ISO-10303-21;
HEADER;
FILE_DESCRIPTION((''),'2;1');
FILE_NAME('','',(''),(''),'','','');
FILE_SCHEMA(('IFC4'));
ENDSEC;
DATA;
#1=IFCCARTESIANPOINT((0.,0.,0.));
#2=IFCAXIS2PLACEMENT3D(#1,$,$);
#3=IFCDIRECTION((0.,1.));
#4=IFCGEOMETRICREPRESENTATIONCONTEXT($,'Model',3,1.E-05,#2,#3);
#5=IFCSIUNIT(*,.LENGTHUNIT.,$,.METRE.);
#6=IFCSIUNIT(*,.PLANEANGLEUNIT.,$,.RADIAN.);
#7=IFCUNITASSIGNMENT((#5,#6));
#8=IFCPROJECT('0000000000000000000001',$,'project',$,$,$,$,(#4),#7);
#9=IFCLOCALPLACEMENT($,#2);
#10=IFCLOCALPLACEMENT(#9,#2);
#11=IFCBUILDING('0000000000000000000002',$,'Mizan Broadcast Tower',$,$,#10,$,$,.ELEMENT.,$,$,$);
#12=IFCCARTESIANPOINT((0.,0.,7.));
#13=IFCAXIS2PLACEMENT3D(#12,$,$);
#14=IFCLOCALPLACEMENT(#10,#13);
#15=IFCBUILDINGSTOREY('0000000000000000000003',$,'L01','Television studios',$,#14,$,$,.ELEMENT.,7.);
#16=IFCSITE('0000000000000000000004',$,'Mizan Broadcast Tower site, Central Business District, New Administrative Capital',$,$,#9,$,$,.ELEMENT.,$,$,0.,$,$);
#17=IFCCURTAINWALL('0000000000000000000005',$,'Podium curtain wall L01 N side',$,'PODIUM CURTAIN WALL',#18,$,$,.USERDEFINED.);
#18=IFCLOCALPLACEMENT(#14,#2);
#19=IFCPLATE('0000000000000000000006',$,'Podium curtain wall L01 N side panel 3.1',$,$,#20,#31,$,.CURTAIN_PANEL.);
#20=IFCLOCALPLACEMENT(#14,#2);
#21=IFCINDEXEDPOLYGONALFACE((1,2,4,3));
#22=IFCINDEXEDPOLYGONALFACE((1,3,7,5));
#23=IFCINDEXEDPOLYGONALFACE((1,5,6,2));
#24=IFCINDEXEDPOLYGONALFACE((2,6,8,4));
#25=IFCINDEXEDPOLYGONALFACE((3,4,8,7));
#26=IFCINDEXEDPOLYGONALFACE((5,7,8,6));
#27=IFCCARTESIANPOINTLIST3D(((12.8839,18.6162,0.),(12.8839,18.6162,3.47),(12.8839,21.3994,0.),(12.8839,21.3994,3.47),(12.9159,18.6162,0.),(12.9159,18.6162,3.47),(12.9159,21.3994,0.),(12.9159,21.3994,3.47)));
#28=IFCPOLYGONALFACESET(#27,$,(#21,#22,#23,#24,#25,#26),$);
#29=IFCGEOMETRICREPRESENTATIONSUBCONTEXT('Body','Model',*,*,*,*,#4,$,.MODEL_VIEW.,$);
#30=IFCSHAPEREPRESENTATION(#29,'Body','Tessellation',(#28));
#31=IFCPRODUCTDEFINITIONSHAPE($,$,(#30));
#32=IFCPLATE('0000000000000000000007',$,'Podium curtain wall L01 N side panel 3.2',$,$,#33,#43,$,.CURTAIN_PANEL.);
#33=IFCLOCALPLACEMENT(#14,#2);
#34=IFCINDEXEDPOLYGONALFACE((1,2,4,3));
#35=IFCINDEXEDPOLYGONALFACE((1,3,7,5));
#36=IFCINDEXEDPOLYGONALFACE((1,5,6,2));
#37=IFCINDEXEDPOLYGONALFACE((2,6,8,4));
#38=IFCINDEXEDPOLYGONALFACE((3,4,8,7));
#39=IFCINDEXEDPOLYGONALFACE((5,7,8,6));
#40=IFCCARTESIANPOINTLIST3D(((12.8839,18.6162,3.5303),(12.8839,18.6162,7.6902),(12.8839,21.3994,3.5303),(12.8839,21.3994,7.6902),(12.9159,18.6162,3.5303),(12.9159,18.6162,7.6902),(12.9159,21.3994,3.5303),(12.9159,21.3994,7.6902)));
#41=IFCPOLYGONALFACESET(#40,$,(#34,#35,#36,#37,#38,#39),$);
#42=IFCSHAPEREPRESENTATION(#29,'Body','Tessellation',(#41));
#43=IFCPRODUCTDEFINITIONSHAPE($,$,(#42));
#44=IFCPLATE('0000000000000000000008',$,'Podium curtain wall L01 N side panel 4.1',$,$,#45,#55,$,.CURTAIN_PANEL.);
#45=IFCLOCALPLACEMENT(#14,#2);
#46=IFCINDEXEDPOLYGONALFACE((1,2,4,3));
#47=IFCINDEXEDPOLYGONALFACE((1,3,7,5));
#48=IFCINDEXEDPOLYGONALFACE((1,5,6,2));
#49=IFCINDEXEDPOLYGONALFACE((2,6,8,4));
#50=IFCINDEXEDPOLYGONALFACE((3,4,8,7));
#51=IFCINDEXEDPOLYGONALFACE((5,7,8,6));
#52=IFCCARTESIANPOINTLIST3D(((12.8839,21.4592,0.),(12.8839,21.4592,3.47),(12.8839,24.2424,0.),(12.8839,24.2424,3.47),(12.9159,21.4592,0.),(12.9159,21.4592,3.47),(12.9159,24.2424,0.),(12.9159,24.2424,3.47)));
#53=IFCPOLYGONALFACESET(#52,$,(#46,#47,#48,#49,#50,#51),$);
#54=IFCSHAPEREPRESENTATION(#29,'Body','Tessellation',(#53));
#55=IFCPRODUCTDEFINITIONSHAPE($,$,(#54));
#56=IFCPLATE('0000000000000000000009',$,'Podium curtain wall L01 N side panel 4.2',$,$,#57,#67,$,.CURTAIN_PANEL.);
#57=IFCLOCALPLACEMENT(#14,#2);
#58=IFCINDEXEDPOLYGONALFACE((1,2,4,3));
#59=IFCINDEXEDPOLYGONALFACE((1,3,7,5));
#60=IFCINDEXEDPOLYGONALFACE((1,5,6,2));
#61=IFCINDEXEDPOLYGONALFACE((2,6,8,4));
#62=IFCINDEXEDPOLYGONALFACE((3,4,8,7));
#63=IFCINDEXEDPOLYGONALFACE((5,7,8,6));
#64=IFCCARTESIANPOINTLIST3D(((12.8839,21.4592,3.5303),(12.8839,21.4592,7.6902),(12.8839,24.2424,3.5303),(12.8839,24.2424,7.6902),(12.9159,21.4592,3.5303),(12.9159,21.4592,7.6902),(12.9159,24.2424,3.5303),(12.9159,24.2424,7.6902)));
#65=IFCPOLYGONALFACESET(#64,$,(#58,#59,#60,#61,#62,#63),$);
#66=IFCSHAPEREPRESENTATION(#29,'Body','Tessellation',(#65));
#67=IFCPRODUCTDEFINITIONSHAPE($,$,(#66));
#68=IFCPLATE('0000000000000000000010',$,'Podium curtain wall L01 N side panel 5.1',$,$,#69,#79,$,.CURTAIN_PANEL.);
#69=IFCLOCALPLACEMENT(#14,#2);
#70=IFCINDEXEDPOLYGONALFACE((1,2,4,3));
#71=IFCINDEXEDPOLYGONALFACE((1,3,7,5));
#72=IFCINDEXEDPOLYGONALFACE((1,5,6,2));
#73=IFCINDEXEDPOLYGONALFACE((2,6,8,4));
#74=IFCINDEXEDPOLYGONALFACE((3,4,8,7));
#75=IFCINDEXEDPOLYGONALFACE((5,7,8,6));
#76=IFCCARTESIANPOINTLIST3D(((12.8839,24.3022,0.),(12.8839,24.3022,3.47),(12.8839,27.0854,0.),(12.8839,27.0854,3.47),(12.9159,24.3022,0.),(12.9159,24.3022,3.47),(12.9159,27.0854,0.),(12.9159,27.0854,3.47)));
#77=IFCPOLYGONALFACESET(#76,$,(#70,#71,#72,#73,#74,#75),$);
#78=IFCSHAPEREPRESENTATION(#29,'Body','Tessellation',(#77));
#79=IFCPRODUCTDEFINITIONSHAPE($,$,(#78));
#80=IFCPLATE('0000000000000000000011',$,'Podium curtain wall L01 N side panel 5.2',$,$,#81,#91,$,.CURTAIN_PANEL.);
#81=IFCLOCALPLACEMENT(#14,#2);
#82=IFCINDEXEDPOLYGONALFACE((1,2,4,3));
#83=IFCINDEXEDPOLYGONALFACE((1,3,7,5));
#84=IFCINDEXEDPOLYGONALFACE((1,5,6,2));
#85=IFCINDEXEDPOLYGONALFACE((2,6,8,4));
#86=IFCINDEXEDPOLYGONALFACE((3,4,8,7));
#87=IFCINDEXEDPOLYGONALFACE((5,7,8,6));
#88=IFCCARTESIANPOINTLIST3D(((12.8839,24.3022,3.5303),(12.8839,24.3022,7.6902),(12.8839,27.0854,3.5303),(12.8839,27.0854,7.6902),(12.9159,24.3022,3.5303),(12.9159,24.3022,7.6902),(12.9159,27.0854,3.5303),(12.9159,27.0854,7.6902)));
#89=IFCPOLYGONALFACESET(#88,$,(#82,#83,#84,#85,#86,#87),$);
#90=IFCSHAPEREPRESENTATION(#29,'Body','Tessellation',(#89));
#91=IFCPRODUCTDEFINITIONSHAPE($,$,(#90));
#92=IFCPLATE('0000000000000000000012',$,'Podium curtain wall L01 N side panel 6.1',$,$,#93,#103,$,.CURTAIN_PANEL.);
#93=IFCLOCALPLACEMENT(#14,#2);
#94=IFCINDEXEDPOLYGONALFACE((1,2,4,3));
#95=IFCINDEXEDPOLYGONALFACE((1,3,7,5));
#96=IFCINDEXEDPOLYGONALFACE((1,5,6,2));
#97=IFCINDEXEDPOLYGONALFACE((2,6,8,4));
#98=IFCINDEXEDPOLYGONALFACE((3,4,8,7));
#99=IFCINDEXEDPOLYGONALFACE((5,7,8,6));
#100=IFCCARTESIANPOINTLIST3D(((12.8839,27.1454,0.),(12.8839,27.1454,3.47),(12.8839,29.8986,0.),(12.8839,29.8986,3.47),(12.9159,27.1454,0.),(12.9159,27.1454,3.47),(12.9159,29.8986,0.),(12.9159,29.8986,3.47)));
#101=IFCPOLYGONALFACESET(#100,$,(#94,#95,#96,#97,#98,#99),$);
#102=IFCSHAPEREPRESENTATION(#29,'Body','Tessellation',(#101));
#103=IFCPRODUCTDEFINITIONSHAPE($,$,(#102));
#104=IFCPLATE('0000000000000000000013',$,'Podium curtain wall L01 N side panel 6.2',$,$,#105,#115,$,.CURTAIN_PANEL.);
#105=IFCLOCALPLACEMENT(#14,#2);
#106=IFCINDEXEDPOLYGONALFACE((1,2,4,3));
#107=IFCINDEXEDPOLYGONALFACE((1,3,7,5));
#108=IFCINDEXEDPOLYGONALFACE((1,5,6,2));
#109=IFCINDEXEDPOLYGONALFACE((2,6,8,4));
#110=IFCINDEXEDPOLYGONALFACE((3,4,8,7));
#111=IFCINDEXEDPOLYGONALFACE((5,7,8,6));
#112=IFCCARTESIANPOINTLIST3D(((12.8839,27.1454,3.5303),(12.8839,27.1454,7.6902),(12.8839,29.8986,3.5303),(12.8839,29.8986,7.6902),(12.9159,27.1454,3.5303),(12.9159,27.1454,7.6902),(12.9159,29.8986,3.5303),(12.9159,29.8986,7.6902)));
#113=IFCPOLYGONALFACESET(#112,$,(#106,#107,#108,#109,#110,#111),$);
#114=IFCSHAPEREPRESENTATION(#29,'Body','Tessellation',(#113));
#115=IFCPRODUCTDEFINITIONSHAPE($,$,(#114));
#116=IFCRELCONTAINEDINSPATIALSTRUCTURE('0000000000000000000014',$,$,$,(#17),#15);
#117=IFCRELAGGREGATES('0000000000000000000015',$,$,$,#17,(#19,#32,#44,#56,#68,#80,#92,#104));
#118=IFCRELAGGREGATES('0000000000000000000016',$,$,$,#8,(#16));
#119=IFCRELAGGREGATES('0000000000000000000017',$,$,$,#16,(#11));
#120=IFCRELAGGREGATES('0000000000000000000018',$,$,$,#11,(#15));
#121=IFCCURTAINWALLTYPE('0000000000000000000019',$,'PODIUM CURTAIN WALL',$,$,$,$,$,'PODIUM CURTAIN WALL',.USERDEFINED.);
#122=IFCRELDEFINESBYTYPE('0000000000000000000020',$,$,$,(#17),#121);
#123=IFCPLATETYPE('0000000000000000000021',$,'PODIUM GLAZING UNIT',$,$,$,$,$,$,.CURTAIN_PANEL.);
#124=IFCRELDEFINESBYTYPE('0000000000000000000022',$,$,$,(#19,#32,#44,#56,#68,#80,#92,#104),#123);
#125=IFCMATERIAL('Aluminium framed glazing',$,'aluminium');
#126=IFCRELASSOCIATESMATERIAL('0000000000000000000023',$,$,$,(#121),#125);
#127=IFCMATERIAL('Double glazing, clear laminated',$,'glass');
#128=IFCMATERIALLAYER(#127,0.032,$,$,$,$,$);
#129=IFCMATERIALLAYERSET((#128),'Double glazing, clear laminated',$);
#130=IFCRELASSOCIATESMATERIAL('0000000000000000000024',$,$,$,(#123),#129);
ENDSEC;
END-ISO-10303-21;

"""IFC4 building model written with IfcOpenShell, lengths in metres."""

from ifc_helpers import new_model, si_unit, direction, frame, origin, origin_2d, place, context, subcontext, project, spatial, rectangle, extrude, material, layer, layer_set, type_object, element, aggregate, save


model = new_model("IFC4")

# Units and contexts
model_context = context("Model", 3, precision=1e-05, world=origin(), true_north=direction((0.0, 1.0)))
body_context = subcontext(model_context, "Body", "Model", "MODEL_VIEW")
ifc_project = project(units=[si_unit("LENGTHUNIT", "METRE"), si_unit("PLANEANGLEUNIT", "RADIAN")], contexts=[model_context])

# Site, building, storey
site_placement = place(None, origin())
site = spatial("IfcSite", under=ifc_project, at=site_placement, Name="Mizan Broadcast Tower site, Central Business District, New Administrative Capital", CompositionType="ELEMENT", RefElevation=0.0)
building_placement = place(site_placement, origin())
building = spatial("IfcBuilding", under=site, at=building_placement, Name="Mizan Broadcast Tower", CompositionType="ELEMENT")
storey_placement = place(building_placement, frame((0.0, 0.0, 7.0)))
storey = spatial("IfcBuildingStorey", under=building, at=storey_placement, Name="L01", Description="Television studios", CompositionType="ELEMENT", Elevation=7.0)

# Curtain wall
ifc_material_1 = material(Name="Aluminium framed glazing", Category="aluminium")
curtain_wall_type_1 = type_object("IfcCurtainWallType", Name="PODIUM CURTAIN WALL", ElementType="PODIUM CURTAIN WALL", PredefinedType="USERDEFINED", material=ifc_material_1)
curtain_wall_1_placement = place(storey_placement, origin())
curtain_wall_1 = element("IfcCurtainWall", 1, at=curtain_wall_1_placement, inside=storey, type_object=curtain_wall_type_1, Name="Podium curtain wall L01 N side", ObjectType="PODIUM CURTAIN WALL", PredefinedType="USERDEFINED")

# Plates
ifc_material_2 = material(Name="Double glazing, clear laminated", Category="glass")
ifc_layer_1 = layer(ifc_material_2, 0.032)
ifc_layer_set_1 = layer_set([ifc_layer_1], Name="Double glazing, clear laminated")
plate_type_1 = type_object("IfcPlateType", Name="PODIUM GLAZING UNIT", PredefinedType="CURTAIN_PANEL", material=ifc_layer_set_1)
plate_1_placement = place(storey_placement, frame((12.8999, 20.0078, 0.0), z_axis=(0.0, 0.0, 1.0), x_axis=(0.0, 1.0, 0.0)))
plate_1 = element("IfcPlate", 2, at=plate_1_placement, type_object=plate_type_1, Name="Podium curtain wall L01 N side panel 3.1", PredefinedType="CURTAIN_PANEL", context=body_context, shape_type="SweptSolid", body=[
    extrude(rectangle(XDim=2.7832, YDim=0.032, at=origin_2d()), origin(), (0.0, 0.0, 1.0), 3.47),
])
plate_2_placement = place(storey_placement, frame((12.8999, 20.0078, 3.5303), z_axis=(0.0, 0.0, 1.0), x_axis=(0.0, 1.0, 0.0)))
plate_2 = element("IfcPlate", 3, at=plate_2_placement, type_object=plate_type_1, Name="Podium curtain wall L01 N side panel 3.2", PredefinedType="CURTAIN_PANEL", context=body_context, shape_type="SweptSolid", body=[
    extrude(rectangle(XDim=2.7832, YDim=0.032, at=origin_2d()), origin(), (0.0, 0.0, 1.0), 4.1599),
])
plate_3_placement = place(storey_placement, frame((12.8999, 22.8508, 0.0), z_axis=(0.0, 0.0, 1.0), x_axis=(0.0, 1.0, 0.0)))
plate_3 = element("IfcPlate", 4, at=plate_3_placement, type_object=plate_type_1, Name="Podium curtain wall L01 N side panel 4.1", PredefinedType="CURTAIN_PANEL", context=body_context, shape_type="SweptSolid", body=[
    extrude(rectangle(XDim=2.7832, YDim=0.032, at=origin_2d()), origin(), (0.0, 0.0, 1.0), 3.47),
])
plate_4_placement = place(storey_placement, frame((12.8999, 22.8508, 3.5303), z_axis=(0.0, 0.0, 1.0), x_axis=(0.0, 1.0, 0.0)))
plate_4 = element("IfcPlate", 5, at=plate_4_placement, type_object=plate_type_1, Name="Podium curtain wall L01 N side panel 4.2", PredefinedType="CURTAIN_PANEL", context=body_context, shape_type="SweptSolid", body=[
    extrude(rectangle(XDim=2.7832, YDim=0.032, at=origin_2d()), origin(), (0.0, 0.0, 1.0), 4.1599),
])
plate_5_placement = place(storey_placement, frame((12.8999, 25.6938, 0.0), z_axis=(0.0, 0.0, 1.0), x_axis=(0.0, 1.0, 0.0)))
plate_5 = element("IfcPlate", 6, at=plate_5_placement, type_object=plate_type_1, Name="Podium curtain wall L01 N side panel 5.1", PredefinedType="CURTAIN_PANEL", context=body_context, shape_type="SweptSolid", body=[
    extrude(rectangle(XDim=2.7832, YDim=0.032, at=origin_2d()), origin(), (0.0, 0.0, 1.0), 3.47),
])
plate_6_placement = place(storey_placement, frame((12.8999, 25.6938, 3.5303), z_axis=(0.0, 0.0, 1.0), x_axis=(0.0, 1.0, 0.0)))
plate_6 = element("IfcPlate", 7, at=plate_6_placement, type_object=plate_type_1, Name="Podium curtain wall L01 N side panel 5.2", PredefinedType="CURTAIN_PANEL", context=body_context, shape_type="SweptSolid", body=[
    extrude(rectangle(XDim=2.7832, YDim=0.032, at=origin_2d()), origin(), (0.0, 0.0, 1.0), 4.1599),
])
plate_7_placement = place(storey_placement, frame((12.8999, 28.522, 0.0), z_axis=(0.0, 0.0, 1.0), x_axis=(0.0, 1.0, 0.0)))
plate_7 = element("IfcPlate", 8, at=plate_7_placement, type_object=plate_type_1, Name="Podium curtain wall L01 N side panel 6.1", PredefinedType="CURTAIN_PANEL", context=body_context, shape_type="SweptSolid", body=[
    extrude(rectangle(XDim=2.7532, YDim=0.032, at=origin_2d()), origin(), (0.0, 0.0, 1.0), 3.47),
])
plate_8_placement = place(storey_placement, frame((12.8999, 28.522, 3.5303), z_axis=(0.0, 0.0, 1.0), x_axis=(0.0, 1.0, 0.0)))
plate_8 = element("IfcPlate", 9, at=plate_8_placement, type_object=plate_type_1, Name="Podium curtain wall L01 N side panel 6.2", PredefinedType="CURTAIN_PANEL", context=body_context, shape_type="SweptSolid", body=[
    extrude(rectangle(XDim=2.7532, YDim=0.032, at=origin_2d()), origin(), (0.0, 0.0, 1.0), 4.1599),
])
aggregate(curtain_wall_1, [plate_1, plate_2, plate_3, plate_4, plate_5, plate_6, plate_7, plate_8])

save(model, "model.ifc")
